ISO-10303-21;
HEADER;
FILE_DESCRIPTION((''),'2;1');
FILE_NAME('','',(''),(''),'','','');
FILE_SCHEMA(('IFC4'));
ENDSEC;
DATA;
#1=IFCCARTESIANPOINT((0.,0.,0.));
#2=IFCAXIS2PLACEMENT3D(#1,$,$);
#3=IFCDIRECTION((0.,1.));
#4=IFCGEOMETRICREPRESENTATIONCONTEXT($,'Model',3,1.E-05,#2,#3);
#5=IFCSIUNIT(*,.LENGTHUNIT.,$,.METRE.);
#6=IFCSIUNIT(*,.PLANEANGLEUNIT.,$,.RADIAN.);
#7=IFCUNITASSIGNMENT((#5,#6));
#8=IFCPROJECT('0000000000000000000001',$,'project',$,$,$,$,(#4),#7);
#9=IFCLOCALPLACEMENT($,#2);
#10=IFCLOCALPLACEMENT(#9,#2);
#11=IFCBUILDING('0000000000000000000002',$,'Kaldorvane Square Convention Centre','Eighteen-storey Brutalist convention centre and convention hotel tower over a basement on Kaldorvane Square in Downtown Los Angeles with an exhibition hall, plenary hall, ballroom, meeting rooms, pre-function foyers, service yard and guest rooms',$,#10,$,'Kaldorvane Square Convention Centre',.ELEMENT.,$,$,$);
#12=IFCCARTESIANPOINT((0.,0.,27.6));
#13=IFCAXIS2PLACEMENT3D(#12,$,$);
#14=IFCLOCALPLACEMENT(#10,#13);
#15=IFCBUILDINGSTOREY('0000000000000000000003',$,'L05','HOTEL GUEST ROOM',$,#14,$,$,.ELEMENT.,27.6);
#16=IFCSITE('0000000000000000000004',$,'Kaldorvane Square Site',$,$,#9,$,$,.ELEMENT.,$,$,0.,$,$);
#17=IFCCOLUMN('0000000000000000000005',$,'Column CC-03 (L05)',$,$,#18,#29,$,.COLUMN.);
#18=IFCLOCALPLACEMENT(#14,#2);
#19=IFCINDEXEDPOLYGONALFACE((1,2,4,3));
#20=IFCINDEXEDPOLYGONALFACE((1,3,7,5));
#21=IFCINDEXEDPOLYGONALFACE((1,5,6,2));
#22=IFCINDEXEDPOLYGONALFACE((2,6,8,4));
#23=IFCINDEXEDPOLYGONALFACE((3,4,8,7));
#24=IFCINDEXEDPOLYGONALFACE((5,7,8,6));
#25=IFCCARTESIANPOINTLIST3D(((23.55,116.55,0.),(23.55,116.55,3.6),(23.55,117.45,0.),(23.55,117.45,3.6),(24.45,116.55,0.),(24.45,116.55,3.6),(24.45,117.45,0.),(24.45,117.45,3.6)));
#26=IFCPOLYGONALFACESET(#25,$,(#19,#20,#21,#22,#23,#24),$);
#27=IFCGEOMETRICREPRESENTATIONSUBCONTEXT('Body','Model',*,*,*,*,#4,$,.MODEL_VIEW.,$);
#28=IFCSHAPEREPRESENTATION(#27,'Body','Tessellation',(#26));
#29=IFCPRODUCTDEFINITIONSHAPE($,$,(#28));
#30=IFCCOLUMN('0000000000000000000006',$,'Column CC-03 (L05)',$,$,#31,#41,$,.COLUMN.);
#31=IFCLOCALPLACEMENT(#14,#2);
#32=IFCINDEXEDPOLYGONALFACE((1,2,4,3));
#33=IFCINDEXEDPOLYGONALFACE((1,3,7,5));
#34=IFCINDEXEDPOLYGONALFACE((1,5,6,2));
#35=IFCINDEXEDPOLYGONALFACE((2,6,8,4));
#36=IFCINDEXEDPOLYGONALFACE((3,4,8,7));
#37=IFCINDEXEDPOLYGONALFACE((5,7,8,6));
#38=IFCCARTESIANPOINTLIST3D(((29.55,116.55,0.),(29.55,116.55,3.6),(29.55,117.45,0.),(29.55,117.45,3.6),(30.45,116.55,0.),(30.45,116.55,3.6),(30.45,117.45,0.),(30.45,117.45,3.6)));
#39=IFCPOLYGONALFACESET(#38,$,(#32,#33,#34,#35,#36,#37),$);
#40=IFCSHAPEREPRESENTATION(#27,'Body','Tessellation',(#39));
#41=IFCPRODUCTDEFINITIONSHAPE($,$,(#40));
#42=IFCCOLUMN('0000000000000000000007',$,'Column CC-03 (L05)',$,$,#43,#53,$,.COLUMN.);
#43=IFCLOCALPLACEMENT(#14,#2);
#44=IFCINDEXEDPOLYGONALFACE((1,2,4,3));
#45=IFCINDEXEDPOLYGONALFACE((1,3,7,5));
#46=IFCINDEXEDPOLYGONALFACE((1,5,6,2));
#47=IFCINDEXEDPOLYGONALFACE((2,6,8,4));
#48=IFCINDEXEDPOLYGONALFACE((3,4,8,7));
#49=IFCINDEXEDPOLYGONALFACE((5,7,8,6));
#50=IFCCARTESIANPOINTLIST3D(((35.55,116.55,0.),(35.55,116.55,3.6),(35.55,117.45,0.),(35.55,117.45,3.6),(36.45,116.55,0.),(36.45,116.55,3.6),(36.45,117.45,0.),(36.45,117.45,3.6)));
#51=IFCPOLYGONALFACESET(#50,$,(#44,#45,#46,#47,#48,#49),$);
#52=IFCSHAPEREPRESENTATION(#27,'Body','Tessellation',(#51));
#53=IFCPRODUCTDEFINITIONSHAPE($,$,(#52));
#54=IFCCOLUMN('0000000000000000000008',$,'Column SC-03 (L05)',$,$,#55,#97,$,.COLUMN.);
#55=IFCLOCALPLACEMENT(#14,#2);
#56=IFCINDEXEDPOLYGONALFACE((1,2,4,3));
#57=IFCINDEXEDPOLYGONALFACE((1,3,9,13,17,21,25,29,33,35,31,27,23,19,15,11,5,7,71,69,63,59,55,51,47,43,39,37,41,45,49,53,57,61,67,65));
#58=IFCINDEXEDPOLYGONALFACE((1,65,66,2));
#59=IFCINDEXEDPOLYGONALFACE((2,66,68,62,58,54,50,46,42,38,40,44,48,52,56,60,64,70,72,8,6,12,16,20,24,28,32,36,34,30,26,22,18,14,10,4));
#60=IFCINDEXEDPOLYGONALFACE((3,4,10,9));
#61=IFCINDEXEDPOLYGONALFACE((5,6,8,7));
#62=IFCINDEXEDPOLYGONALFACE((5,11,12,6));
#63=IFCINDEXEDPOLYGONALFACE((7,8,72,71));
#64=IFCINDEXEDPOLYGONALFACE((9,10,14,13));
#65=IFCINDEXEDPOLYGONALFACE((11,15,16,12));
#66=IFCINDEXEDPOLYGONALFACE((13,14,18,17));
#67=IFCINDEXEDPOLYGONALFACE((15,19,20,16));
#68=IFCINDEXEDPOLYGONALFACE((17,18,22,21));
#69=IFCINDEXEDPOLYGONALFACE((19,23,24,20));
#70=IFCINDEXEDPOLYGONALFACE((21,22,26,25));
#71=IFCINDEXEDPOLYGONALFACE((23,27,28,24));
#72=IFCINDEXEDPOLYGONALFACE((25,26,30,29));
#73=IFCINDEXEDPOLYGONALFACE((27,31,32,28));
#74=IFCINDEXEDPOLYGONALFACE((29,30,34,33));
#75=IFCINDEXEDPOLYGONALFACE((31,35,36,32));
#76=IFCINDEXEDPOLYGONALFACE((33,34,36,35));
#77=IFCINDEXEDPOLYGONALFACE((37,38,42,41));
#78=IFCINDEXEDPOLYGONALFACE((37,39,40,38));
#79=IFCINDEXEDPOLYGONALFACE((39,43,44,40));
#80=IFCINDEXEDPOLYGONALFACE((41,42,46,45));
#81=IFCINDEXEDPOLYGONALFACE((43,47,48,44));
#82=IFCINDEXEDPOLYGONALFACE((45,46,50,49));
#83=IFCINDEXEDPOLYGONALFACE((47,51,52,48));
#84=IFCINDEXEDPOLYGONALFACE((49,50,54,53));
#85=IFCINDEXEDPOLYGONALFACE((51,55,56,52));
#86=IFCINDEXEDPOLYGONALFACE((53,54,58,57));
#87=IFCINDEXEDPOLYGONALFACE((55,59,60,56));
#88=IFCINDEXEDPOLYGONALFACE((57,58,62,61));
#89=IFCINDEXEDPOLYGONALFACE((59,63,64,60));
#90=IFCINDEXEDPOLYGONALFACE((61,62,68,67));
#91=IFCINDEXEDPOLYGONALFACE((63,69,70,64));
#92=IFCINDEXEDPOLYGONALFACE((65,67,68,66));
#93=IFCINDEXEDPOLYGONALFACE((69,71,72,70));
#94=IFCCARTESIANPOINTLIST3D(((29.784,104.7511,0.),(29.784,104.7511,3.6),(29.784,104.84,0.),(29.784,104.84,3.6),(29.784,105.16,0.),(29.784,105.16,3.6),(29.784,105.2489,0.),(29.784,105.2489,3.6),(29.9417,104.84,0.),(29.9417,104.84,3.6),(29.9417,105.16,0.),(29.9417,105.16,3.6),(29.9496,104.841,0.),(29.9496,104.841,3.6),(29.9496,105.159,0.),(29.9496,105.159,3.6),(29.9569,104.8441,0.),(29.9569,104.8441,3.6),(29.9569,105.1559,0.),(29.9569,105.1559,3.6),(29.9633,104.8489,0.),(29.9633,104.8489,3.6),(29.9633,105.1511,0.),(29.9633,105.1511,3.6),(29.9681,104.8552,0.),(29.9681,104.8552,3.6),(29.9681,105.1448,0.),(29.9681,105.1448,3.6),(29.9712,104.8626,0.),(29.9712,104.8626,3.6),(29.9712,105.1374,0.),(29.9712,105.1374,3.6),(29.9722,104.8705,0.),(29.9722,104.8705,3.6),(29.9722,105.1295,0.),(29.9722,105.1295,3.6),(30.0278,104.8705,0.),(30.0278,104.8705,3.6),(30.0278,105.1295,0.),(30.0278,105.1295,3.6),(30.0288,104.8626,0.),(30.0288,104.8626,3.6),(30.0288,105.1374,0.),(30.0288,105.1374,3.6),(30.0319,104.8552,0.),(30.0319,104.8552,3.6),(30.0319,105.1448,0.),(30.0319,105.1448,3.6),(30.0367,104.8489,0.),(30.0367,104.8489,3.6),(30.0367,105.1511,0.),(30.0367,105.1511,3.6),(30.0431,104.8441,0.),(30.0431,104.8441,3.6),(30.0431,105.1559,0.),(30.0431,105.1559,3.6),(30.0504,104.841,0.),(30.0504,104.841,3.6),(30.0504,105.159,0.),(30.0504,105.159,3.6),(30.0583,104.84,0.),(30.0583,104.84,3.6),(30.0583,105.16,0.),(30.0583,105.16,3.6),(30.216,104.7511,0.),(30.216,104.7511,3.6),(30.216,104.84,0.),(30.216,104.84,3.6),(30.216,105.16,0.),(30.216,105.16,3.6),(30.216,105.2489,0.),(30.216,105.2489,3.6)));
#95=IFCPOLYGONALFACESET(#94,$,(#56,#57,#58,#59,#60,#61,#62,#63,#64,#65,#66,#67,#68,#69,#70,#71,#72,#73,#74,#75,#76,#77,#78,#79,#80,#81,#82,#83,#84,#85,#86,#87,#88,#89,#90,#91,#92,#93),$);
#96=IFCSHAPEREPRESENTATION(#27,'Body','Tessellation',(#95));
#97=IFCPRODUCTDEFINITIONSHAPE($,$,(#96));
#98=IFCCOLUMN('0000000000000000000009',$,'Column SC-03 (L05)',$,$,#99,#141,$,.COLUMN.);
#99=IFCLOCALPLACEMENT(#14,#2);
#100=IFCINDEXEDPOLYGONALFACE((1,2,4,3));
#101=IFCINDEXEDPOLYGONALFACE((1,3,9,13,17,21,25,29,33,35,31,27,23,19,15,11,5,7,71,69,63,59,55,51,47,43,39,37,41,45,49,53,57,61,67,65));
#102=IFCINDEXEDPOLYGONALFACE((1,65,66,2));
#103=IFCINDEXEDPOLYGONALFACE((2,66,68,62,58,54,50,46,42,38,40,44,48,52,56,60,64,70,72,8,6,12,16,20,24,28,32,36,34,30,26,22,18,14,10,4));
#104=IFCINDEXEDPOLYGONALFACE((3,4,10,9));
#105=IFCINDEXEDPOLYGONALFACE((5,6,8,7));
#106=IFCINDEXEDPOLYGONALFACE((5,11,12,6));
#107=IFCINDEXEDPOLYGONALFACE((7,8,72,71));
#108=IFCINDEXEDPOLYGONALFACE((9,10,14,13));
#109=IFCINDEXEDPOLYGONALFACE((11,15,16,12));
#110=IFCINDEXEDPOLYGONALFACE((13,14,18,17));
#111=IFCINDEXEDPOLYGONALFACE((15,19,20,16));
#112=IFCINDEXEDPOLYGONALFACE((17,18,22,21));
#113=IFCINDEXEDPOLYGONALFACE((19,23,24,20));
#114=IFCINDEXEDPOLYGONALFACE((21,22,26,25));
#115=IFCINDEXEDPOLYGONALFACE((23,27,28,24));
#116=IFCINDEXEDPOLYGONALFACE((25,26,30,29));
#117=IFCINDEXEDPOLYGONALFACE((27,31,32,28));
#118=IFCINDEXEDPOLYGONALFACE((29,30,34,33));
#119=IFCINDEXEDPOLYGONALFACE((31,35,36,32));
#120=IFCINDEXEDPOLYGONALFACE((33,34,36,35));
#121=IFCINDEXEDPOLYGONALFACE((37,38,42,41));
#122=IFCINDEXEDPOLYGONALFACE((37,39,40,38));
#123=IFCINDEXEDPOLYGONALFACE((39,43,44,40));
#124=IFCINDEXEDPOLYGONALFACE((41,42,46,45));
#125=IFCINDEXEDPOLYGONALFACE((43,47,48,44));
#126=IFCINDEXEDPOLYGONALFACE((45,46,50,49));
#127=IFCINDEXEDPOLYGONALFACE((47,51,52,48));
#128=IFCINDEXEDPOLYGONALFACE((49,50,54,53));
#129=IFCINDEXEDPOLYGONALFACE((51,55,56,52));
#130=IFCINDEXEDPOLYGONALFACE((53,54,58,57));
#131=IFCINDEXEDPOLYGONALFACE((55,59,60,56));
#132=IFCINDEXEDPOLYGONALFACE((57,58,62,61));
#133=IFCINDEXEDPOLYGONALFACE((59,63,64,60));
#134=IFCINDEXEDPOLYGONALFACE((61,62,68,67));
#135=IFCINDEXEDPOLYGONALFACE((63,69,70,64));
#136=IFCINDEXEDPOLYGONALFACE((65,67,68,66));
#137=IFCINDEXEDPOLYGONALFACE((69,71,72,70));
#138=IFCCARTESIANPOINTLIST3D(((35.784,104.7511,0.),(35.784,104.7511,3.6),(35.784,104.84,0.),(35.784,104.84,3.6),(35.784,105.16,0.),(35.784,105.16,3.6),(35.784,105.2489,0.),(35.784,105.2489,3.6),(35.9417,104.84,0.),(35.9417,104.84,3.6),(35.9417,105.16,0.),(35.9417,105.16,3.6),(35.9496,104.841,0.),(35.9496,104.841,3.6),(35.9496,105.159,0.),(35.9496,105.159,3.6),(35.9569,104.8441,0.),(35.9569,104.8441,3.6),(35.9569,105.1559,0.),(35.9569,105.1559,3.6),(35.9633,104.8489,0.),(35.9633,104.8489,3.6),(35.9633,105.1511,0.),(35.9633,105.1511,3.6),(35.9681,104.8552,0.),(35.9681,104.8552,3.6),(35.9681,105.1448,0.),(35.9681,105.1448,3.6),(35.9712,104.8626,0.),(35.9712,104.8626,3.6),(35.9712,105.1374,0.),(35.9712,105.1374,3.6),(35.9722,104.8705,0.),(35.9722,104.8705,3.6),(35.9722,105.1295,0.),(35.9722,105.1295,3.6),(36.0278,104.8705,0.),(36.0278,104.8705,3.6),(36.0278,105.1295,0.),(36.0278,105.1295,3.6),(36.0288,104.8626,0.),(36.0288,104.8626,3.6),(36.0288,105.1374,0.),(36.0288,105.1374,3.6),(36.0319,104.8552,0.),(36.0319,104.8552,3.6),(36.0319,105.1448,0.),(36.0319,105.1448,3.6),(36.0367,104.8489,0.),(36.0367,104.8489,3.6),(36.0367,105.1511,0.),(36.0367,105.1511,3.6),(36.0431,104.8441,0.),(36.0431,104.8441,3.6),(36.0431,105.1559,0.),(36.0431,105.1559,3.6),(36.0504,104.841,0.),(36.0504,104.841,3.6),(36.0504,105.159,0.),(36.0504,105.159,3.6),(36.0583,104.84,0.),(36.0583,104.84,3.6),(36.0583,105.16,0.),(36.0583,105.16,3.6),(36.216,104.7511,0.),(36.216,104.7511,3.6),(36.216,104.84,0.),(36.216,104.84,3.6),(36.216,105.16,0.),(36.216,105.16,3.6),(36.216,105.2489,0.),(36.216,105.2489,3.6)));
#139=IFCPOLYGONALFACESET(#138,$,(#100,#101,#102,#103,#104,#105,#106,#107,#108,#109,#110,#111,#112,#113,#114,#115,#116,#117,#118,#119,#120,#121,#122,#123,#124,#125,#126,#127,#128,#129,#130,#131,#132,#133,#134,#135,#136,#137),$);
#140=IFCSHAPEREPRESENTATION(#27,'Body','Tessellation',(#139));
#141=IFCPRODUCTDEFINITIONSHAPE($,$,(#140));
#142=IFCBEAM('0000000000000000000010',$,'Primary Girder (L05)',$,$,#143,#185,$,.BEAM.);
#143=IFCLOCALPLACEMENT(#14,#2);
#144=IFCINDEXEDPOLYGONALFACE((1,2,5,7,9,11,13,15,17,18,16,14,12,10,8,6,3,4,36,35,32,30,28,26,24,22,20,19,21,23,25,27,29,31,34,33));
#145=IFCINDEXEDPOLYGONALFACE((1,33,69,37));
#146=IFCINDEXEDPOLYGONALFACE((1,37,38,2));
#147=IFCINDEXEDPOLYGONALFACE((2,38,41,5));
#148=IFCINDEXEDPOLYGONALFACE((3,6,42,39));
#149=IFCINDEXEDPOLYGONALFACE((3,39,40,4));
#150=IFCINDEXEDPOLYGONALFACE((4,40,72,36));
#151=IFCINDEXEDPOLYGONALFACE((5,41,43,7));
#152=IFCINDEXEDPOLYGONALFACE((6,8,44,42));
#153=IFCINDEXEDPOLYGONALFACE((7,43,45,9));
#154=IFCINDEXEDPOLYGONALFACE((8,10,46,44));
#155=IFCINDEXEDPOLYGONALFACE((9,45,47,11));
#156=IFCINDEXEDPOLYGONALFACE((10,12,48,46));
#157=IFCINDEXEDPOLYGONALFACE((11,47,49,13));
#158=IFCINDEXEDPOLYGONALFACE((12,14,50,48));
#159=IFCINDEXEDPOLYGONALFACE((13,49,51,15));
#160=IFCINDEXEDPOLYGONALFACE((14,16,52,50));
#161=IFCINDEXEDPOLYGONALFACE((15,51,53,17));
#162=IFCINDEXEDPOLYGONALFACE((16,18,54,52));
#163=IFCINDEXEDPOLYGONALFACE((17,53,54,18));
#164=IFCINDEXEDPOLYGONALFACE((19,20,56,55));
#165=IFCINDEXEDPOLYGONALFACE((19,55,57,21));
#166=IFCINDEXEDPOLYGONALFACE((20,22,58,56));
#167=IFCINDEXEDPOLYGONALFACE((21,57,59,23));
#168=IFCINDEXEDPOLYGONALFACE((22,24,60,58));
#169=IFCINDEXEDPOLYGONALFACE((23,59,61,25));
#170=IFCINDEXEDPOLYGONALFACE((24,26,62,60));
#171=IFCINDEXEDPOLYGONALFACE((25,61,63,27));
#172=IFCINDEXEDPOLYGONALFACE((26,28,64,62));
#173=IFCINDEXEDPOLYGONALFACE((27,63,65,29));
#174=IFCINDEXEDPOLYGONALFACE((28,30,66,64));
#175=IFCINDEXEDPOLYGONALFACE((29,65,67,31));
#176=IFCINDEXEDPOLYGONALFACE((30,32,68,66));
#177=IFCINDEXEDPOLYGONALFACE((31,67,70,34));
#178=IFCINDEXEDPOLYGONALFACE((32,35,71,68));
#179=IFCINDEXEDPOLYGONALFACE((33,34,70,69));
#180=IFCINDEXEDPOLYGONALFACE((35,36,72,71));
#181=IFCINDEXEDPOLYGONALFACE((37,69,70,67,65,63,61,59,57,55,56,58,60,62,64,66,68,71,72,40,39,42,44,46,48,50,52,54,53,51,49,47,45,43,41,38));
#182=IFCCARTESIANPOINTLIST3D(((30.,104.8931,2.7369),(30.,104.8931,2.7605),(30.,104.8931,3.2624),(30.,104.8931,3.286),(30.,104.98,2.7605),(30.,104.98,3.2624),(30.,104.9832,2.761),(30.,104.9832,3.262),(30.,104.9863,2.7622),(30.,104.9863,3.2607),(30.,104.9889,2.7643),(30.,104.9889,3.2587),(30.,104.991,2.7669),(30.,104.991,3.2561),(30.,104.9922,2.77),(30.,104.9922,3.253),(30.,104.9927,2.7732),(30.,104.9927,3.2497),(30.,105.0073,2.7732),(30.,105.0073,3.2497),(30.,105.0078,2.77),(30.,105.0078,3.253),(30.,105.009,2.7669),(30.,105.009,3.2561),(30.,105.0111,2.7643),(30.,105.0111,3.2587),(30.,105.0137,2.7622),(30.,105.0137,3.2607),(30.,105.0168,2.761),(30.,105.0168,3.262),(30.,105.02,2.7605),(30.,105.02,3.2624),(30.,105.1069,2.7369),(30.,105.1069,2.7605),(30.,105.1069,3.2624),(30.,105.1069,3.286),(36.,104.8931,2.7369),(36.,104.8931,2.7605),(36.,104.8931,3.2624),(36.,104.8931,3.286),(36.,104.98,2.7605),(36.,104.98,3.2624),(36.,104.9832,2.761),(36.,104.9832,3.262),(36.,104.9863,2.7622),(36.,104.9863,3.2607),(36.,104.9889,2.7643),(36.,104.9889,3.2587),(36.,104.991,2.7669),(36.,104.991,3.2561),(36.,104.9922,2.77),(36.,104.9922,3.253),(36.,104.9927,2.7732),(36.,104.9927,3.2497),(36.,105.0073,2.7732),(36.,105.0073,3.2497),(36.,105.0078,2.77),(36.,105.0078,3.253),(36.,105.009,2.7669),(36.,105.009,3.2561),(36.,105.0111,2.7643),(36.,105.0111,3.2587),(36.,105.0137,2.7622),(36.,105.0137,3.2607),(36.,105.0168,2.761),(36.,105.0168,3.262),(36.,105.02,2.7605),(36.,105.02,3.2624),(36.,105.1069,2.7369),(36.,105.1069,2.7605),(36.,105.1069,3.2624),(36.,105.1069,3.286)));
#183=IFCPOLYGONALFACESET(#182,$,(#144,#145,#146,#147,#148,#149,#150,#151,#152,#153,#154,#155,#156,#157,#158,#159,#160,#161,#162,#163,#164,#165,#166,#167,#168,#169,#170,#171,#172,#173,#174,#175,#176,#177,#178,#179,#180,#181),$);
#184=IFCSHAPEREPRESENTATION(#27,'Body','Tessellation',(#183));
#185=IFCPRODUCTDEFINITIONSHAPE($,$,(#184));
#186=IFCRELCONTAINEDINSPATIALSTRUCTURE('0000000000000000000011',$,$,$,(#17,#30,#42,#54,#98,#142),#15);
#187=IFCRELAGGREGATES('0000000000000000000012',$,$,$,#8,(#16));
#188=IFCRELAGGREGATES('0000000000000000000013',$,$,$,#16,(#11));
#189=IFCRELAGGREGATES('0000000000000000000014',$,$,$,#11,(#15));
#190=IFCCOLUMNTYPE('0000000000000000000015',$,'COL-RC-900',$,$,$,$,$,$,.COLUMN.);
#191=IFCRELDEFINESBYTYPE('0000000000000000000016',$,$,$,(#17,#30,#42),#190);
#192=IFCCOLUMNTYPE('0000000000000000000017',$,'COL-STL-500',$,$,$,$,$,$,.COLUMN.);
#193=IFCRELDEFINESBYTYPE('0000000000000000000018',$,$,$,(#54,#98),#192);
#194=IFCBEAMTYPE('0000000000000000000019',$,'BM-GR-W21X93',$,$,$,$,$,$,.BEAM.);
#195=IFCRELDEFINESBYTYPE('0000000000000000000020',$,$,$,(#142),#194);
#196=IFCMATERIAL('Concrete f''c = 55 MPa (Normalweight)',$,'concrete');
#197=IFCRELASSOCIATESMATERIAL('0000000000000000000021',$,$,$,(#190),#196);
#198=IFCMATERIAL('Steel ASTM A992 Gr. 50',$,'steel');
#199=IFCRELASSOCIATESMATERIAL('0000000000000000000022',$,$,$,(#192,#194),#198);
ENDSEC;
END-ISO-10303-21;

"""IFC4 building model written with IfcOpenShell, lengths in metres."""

from ifc_helpers import new_model, si_unit, direction, frame, origin, origin_2d, place, context, subcontext, project, spatial, rectangle, i_section, extrude, material, material_profile, profile_set, type_object, element, save


model = new_model("IFC4")

# Units and contexts
model_context = context("Model", 3, precision=1e-05, world=origin(), true_north=direction((0.0, 1.0)))
body_context = subcontext(model_context, "Body", "Model", "MODEL_VIEW")
ifc_project = project(units=[si_unit("LENGTHUNIT", "METRE"), si_unit("PLANEANGLEUNIT", "RADIAN")], contexts=[model_context])

# Site, building, storey
site_placement = place(None, origin())
site = spatial("IfcSite", under=ifc_project, at=site_placement, Name="Kaldorvane Square Site", CompositionType="ELEMENT", RefElevation=0.0)
building_placement = place(site_placement, origin())
building = spatial("IfcBuilding", under=site, at=building_placement, Name="Kaldorvane Square Convention Centre", Description="Eighteen-storey Brutalist convention centre and convention hotel tower over a basement on Kaldorvane Square in Downtown Los Angeles with an exhibition hall, plenary hall, ballroom, meeting rooms, pre-function foyers, service yard and guest rooms", LongName="Kaldorvane Square Convention Centre", CompositionType="ELEMENT")
storey_placement = place(building_placement, frame((0.0, 0.0, 27.6)))
storey = spatial("IfcBuildingStorey", under=building, at=storey_placement, Name="L05", Description="HOTEL GUEST ROOM", CompositionType="ELEMENT", Elevation=27.6)

# Columns
ifc_material_1 = material(Name="Concrete f'c = 55 MPa (Normalweight)", Category="concrete")
ifc_material_profile_1 = material_profile(ifc_material_1, rectangle(XDim=0.9, YDim=0.9, at=origin_2d()), Name="RC900X900")
ifc_profile_set_1 = profile_set([ifc_material_profile_1], Name="Concrete f'c = 55 MPa (Normalweight)")
column_type_1 = type_object("IfcColumnType", Name="COL-RC-900", PredefinedType="COLUMN", material=ifc_profile_set_1)
for number, where, z_axis, x_axis, name in (
    (1, (24.0, 117.0, 0.0), (0.0, 0.0, 1.0), (1.0, 0.0, 0.0), "Column CC-03 (L05)"),
    (2, (30.0, 117.0, 0.0), (0.0, 0.0, 1.0), (1.0, 0.0, 0.0), "Column CC-03 (L05)"),
    (3, (36.0, 117.0, 0.0), (0.0, 0.0, 1.0), (1.0, 0.0, 0.0), "Column CC-03 (L05)"),
):
    element("IfcColumn", number, at=place(storey_placement, frame(where, z_axis=z_axis, x_axis=x_axis)), inside=storey, type_object=column_type_1, Name=name, PredefinedType="COLUMN", context=body_context, shape_type="SweptSolid", body=[
        extrude(rectangle(XDim=0.9, YDim=0.9, at=origin_2d()), origin(), (0.0, 0.0, 1.0), 3.6),
    ])
ifc_material_2 = material(Name="Steel ASTM A992 Gr. 50", Category="steel")
ifc_material_profile_2 = material_profile(ifc_material_2, i_section(OverallWidth=0.4321, OverallDepth=0.4978, WebThickness=0.0556, FlangeThickness=0.0889, FilletRadius=0.0305, at=origin_2d()), Name="W14X500")
ifc_profile_set_2 = profile_set([ifc_material_profile_2], Name="Steel ASTM A992 Gr. 50")
column_type_2 = type_object("IfcColumnType", Name="COL-STL-500", PredefinedType="COLUMN", material=ifc_profile_set_2)
for number, where, z_axis, x_axis, name in (
    (4, (30.0, 105.0, 0.0), (0.0, 0.0, 1.0), (1.0, 0.0, 0.0), "Column SC-03 (L05)"),
    (5, (36.0, 105.0, 0.0), (0.0, 0.0, 1.0), (1.0, 0.0, 0.0), "Column SC-03 (L05)"),
):
    element("IfcColumn", number, at=place(storey_placement, frame(where, z_axis=z_axis, x_axis=x_axis)), inside=storey, type_object=column_type_2, Name=name, PredefinedType="COLUMN", context=body_context, shape_type="SweptSolid", body=[
        extrude(i_section(OverallWidth=0.4321, OverallDepth=0.4978, WebThickness=0.0556, FlangeThickness=0.0889, FilletRadius=0.0305, at=origin_2d()), origin(), (0.0, 0.0, 1.0), 3.6),
    ])

# Beam
ifc_material_profile_3 = material_profile(ifc_material_2, i_section(OverallWidth=0.2139, OverallDepth=0.5491, WebThickness=0.0147, FlangeThickness=0.0236, FilletRadius=0.0127, at=origin_2d()), Name="W21X93")
ifc_profile_set_3 = profile_set([ifc_material_profile_3], Name="Steel ASTM A992 Gr. 50")
beam_type_1 = type_object("IfcBeamType", Name="BM-GR-W21X93", PredefinedType="BEAM", material=ifc_profile_set_3)
for number, where, z_axis, x_axis, name in (
    (6, (30.0, 105.0, 3.0115), (1.0, 0.0, 0.0), (0.0, 1.0, 0.0), "Primary Girder (L05)"),
):
    element("IfcBeam", number, at=place(storey_placement, frame(where, z_axis=z_axis, x_axis=x_axis)), inside=storey, type_object=beam_type_1, Name=name, PredefinedType="BEAM", context=body_context, shape_type="SweptSolid", body=[
        extrude(i_section(OverallWidth=0.2139, OverallDepth=0.5491, WebThickness=0.0147, FlangeThickness=0.0236, FilletRadius=0.0127, at=origin_2d()), origin(), (0.0, 0.0, 1.0), 6.0),
    ])

save(model, "model.ifc")
